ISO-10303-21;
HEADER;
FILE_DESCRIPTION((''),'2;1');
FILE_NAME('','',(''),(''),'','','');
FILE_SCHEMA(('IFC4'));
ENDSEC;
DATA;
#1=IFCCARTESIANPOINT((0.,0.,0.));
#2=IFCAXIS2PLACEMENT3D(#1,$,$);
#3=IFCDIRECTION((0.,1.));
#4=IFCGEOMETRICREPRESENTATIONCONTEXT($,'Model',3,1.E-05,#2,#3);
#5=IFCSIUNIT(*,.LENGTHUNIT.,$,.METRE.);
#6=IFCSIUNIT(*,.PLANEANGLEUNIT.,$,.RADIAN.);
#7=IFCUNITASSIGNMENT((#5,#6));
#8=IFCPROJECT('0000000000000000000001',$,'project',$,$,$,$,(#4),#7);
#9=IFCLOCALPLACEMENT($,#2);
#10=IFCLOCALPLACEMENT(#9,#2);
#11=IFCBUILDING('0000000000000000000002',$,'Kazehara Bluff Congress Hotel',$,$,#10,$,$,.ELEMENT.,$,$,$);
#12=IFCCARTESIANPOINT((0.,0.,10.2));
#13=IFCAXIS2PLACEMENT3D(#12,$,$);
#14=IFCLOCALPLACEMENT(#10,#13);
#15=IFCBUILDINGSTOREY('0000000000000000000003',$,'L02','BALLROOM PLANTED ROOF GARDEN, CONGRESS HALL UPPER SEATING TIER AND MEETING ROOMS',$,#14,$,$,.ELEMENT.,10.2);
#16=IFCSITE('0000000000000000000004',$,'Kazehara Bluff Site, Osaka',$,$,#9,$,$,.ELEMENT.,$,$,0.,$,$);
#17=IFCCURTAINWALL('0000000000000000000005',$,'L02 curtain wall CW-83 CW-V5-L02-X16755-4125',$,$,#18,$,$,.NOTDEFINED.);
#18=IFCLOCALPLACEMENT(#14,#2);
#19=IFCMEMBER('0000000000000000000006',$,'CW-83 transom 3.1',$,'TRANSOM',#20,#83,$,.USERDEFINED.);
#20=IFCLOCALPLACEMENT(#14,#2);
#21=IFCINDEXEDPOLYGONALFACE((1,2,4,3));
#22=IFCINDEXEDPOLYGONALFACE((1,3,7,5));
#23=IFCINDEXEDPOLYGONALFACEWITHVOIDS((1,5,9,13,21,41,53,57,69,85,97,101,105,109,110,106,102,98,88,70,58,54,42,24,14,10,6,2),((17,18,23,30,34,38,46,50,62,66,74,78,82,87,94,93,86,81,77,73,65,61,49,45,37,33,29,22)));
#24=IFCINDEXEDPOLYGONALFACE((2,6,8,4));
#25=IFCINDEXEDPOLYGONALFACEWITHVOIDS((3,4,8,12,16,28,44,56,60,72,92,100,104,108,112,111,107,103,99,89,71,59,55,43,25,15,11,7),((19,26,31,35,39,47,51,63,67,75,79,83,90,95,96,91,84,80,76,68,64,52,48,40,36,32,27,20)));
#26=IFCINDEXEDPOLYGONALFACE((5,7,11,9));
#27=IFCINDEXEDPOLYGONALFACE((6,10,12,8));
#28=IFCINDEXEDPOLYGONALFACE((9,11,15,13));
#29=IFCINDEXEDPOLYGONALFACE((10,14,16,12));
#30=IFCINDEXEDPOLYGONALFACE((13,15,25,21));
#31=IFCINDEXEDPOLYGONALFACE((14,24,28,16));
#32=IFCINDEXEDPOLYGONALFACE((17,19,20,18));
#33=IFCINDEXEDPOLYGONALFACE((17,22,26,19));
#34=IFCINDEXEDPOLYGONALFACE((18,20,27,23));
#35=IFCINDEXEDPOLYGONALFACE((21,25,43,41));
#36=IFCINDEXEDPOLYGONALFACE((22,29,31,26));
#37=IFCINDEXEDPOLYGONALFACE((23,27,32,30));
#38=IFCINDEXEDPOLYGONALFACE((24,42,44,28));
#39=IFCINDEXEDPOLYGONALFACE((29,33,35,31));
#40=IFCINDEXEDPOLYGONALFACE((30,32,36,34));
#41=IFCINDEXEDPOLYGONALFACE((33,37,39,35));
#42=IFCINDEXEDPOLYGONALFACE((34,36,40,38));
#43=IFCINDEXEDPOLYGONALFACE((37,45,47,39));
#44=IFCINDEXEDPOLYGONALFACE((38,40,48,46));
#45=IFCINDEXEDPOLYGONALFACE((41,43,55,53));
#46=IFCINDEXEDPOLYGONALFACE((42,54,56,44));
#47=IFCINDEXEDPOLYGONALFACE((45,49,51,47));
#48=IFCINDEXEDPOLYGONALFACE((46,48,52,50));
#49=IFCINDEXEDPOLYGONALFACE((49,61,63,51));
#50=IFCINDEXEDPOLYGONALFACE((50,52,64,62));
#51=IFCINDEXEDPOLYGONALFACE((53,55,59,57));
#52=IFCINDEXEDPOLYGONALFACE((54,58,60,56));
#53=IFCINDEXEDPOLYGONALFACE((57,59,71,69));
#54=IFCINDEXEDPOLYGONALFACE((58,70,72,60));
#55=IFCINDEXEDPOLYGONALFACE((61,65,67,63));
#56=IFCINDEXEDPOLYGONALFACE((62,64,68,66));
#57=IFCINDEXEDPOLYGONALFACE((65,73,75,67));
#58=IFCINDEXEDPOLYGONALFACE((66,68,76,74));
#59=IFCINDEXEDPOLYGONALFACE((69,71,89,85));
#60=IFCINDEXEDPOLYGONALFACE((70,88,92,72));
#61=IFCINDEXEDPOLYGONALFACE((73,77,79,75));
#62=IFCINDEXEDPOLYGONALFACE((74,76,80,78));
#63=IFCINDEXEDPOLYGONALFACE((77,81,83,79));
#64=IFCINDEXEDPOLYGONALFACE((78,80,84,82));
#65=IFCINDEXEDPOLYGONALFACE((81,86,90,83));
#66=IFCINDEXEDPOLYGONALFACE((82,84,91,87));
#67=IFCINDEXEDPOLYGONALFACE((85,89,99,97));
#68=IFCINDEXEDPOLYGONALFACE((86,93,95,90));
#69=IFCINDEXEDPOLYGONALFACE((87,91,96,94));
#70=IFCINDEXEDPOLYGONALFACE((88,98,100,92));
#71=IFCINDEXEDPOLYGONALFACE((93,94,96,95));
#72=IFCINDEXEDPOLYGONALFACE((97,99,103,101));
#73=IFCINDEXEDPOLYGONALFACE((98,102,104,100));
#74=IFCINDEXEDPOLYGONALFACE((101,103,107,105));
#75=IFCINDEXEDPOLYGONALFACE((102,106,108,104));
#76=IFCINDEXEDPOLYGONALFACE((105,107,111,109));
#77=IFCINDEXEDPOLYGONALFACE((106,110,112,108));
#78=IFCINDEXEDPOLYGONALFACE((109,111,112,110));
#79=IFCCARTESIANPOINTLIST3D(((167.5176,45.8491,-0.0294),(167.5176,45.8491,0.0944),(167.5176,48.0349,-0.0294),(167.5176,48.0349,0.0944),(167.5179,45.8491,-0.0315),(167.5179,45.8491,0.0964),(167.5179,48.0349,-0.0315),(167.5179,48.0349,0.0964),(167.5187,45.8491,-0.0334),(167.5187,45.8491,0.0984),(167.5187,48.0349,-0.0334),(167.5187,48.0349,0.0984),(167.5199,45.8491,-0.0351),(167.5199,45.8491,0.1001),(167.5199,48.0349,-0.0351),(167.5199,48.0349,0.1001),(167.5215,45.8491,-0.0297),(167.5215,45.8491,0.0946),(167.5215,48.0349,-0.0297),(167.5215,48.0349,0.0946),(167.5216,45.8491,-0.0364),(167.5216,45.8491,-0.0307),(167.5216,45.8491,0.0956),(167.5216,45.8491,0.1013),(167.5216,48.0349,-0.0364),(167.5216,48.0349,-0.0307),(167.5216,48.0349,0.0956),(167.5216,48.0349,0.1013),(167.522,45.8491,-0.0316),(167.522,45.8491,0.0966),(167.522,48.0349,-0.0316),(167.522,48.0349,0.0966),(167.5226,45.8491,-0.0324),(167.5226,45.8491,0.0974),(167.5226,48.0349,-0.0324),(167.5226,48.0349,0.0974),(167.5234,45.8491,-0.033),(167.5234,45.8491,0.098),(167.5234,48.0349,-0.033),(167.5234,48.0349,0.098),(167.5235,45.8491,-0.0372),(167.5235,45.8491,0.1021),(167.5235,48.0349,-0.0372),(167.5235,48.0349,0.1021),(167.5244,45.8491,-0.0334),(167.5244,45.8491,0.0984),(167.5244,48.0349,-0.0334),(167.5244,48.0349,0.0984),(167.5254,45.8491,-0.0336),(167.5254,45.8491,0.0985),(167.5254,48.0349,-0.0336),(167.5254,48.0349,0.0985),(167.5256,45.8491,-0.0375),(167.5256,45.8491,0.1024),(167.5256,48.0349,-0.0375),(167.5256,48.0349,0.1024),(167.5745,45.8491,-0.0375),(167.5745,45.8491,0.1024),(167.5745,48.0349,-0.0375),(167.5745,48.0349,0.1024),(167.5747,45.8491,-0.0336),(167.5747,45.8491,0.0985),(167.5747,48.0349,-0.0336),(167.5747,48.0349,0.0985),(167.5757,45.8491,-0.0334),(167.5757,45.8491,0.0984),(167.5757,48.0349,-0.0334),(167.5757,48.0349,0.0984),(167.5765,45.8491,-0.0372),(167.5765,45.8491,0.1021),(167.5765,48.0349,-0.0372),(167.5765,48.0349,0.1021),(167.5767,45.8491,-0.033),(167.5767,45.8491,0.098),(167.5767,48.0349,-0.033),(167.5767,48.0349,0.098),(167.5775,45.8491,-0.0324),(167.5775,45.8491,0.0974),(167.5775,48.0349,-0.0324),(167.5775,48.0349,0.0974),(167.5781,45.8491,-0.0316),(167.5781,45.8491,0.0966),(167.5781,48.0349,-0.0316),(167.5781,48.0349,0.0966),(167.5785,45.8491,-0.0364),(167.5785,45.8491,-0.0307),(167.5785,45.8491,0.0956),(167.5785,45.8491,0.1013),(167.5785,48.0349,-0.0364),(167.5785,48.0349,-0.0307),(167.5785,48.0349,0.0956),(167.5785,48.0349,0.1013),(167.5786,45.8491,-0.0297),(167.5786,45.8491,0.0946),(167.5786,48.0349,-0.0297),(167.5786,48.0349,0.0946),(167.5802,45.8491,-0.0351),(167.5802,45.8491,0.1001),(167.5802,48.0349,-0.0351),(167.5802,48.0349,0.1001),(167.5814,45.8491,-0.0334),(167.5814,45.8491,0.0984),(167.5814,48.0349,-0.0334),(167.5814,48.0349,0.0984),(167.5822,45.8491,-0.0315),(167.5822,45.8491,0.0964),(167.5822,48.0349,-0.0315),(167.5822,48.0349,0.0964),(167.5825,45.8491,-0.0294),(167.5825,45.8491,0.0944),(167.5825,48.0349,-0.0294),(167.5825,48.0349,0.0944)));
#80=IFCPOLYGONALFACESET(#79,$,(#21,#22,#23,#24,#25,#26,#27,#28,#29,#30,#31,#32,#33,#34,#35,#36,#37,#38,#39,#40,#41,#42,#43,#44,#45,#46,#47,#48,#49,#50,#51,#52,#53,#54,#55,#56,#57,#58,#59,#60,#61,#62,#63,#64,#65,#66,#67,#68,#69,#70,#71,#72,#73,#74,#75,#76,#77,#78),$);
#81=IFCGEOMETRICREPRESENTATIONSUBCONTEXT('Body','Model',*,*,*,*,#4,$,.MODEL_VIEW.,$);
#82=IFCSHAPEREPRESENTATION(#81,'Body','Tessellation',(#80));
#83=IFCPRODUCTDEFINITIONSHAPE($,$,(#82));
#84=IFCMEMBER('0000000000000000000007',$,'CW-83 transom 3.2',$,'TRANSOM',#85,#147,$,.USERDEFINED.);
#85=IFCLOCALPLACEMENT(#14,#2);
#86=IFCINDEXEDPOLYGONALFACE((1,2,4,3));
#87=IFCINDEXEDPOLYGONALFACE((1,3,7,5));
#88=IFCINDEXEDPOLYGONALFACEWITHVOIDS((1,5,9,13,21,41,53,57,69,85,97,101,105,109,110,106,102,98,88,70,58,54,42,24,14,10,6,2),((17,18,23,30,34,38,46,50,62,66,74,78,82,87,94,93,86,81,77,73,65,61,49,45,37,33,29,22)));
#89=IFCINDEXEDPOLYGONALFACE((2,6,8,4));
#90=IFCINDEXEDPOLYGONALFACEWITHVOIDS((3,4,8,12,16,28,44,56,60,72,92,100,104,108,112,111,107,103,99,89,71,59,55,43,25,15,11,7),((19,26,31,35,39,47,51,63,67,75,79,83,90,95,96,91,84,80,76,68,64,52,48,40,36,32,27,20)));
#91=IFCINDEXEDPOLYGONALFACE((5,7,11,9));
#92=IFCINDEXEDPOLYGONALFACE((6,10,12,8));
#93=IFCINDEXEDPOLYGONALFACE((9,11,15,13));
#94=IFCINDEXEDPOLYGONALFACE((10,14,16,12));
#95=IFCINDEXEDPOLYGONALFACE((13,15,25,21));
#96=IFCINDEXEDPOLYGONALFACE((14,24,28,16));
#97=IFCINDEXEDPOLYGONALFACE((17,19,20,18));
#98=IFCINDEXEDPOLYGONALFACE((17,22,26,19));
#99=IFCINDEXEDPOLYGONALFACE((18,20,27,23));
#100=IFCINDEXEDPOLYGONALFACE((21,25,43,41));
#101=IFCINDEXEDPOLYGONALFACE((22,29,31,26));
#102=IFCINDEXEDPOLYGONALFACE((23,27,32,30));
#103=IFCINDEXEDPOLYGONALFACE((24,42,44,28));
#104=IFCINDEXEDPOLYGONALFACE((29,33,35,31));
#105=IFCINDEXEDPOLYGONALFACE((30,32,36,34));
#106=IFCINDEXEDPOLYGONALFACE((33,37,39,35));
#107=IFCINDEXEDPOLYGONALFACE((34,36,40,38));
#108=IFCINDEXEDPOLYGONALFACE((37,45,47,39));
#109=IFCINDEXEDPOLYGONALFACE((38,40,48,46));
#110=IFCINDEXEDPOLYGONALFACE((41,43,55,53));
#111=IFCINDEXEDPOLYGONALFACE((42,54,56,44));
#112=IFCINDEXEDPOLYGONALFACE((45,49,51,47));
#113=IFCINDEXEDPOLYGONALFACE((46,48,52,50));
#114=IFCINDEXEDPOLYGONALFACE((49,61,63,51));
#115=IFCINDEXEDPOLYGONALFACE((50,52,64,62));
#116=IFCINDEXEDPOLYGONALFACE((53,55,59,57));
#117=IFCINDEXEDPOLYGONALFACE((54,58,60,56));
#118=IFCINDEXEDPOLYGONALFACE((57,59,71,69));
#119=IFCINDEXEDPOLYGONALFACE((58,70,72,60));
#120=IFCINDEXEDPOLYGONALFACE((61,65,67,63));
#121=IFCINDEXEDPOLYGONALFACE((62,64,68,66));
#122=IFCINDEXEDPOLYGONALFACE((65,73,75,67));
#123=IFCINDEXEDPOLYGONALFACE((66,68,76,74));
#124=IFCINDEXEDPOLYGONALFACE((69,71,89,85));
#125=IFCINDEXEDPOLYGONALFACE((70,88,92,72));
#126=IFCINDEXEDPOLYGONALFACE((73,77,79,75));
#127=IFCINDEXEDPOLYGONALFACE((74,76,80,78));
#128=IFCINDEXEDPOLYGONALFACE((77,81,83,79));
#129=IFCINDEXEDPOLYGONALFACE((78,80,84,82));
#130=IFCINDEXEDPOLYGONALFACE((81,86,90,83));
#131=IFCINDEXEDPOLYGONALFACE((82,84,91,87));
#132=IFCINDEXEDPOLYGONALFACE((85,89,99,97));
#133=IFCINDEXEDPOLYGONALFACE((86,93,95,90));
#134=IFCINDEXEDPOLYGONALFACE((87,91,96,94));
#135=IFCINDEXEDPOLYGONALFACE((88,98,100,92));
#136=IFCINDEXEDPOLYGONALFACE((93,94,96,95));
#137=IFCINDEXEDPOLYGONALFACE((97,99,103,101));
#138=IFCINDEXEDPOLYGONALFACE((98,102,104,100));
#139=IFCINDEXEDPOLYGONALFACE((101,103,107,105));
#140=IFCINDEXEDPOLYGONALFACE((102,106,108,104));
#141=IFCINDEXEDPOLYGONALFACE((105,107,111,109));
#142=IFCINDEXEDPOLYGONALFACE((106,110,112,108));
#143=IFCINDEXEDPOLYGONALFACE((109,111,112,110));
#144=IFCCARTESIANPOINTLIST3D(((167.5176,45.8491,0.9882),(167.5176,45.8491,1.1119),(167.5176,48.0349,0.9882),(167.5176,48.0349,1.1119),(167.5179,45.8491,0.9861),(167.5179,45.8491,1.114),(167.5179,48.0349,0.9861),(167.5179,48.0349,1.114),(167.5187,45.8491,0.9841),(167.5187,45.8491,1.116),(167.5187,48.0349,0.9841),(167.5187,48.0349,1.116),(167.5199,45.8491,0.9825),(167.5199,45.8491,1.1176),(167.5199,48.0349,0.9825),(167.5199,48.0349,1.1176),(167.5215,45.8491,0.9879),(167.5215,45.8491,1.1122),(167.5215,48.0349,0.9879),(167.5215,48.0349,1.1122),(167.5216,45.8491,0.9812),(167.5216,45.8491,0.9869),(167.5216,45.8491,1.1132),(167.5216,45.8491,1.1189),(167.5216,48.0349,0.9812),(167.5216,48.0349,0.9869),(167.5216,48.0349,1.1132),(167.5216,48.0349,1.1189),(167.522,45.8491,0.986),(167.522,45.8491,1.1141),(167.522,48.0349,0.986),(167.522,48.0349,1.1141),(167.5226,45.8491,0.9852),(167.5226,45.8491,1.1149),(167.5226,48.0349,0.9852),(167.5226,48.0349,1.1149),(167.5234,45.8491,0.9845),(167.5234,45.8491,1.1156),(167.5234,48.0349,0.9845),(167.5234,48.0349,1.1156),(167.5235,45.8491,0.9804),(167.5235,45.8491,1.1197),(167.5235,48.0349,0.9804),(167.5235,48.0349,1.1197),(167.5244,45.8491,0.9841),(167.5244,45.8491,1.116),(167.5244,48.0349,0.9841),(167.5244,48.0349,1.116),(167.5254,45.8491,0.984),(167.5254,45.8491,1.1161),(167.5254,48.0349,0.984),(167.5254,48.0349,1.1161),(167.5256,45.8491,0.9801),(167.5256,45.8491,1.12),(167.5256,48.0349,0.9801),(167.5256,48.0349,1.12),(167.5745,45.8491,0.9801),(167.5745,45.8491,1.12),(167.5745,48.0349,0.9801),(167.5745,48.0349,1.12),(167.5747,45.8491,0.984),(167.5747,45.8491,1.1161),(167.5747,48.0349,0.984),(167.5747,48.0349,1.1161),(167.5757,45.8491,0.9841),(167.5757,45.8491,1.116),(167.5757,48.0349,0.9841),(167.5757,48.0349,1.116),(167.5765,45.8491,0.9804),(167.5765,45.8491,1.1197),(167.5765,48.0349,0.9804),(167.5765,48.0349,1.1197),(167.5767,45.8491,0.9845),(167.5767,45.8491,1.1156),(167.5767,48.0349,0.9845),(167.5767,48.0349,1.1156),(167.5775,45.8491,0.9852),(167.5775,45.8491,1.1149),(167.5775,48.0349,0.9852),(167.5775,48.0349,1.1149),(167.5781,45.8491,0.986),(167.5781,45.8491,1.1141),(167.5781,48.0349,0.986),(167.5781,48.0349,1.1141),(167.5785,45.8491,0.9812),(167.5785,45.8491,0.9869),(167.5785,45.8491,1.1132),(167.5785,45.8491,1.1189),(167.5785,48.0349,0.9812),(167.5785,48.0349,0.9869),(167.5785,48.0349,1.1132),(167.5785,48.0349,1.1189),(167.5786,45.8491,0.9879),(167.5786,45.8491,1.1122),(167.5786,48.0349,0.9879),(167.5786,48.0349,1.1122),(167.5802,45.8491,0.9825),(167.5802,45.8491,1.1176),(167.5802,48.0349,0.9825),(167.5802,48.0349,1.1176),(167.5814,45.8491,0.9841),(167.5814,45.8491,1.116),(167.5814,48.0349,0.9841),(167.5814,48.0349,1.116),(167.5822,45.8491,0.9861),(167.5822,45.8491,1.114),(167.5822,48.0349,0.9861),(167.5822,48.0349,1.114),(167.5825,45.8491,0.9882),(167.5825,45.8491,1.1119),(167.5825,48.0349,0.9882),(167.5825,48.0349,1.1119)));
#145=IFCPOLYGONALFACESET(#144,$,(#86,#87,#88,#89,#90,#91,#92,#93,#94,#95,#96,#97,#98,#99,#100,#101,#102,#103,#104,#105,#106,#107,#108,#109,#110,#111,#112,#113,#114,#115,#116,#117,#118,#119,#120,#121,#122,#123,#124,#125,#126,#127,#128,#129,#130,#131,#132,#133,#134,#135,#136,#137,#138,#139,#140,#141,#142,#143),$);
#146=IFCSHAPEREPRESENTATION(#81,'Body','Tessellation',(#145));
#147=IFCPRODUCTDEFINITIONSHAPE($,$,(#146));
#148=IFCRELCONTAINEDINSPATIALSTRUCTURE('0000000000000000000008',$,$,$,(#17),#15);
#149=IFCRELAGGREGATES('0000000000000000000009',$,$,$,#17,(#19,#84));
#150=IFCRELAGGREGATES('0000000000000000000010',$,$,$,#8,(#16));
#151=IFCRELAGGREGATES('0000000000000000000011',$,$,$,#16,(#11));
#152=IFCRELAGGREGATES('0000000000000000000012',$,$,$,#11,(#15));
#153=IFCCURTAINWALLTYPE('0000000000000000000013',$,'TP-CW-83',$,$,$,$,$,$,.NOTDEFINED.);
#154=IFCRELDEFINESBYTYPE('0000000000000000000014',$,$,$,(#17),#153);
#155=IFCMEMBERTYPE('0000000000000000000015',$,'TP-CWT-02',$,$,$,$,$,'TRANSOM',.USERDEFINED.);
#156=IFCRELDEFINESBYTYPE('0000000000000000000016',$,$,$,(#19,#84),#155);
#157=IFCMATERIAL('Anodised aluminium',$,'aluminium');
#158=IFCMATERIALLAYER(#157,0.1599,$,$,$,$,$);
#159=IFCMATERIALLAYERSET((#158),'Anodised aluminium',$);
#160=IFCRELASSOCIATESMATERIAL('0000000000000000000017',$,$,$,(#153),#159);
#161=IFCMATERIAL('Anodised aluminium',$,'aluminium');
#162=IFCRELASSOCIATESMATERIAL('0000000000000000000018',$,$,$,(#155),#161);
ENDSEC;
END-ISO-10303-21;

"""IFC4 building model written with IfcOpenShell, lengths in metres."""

from ifc_helpers import new_model, si_unit, direction, frame, origin, origin_2d, place, context, subcontext, project, spatial, hollow_rectangle, extrude, material, layer, layer_set, material_profile, profile_set, type_object, element, aggregate, save


model = new_model("IFC4")

# Units and contexts
model_context = context("Model", 3, precision=1e-05, world=origin(), true_north=direction((0.0, 1.0)))
body_context = subcontext(model_context, "Body", "Model", "MODEL_VIEW")
ifc_project = project(units=[si_unit("LENGTHUNIT", "METRE"), si_unit("PLANEANGLEUNIT", "RADIAN")], contexts=[model_context])

# Site, building, storey
site_placement = place(None, origin())
site = spatial("IfcSite", under=ifc_project, at=site_placement, Name="Kazehara Bluff Site, Osaka", CompositionType="ELEMENT", RefElevation=0.0)
building_placement = place(site_placement, origin())
building = spatial("IfcBuilding", under=site, at=building_placement, Name="Kazehara Bluff Congress Hotel", CompositionType="ELEMENT")
storey_placement = place(building_placement, frame((0.0, 0.0, 10.2)))
storey = spatial("IfcBuildingStorey", under=building, at=storey_placement, Name="L02", Description="BALLROOM PLANTED ROOF GARDEN, CONGRESS HALL UPPER SEATING TIER AND MEETING ROOMS", CompositionType="ELEMENT", Elevation=10.2)

# Curtain wall, members
ifc_material_1 = material(Name="Anodised aluminium", Category="aluminium")
ifc_layer_1 = layer(ifc_material_1, 0.1599)
ifc_layer_set_1 = layer_set([ifc_layer_1], Name="Anodised aluminium")
curtain_wall_type = type_object("IfcCurtainWallType", Name="TP-CW-83", PredefinedType="NOTDEFINED", material=ifc_layer_set_1)
curtain_wall_placement = place(storey_placement, origin())
curtain_wall = element("IfcCurtainWall", 1, at=curtain_wall_placement, inside=storey, type_object=curtain_wall_type, Name="L02 curtain wall CW-83 CW-V5-L02-X16755-4125", PredefinedType="NOTDEFINED")
ifc_material_2 = material(Name="Anodised aluminium", Category="aluminium")
ifc_material_profile_1 = material_profile(ifc_material_2, hollow_rectangle(XDim=0.0649, YDim=0.1399, WallThickness=0.0039, InnerFilletRadius=0.0039, OuterFilletRadius=0.0081, at=origin_2d()))
ifc_profile_set_1 = profile_set([ifc_material_profile_1], Name="Anodised aluminium")
member_type_1 = type_object("IfcMemberType", Name="TP-CWT-02", ElementType="TRANSOM", PredefinedType="USERDEFINED", material=ifc_profile_set_1)
member_1_placement = place(storey_placement, frame((167.55, 45.8491, 0.0325), z_axis=(0.0, 1.0, 0.0), x_axis=(-1.0, 0.0, 0.0)))
member_1 = element("IfcMember", 2, at=member_1_placement, type_object=member_type_1, Name="CW-83 transom 3.1", ObjectType="TRANSOM", PredefinedType="USERDEFINED", context=body_context, shape_type="SweptSolid", body=[
    extrude(hollow_rectangle(XDim=0.0649, YDim=0.1399, WallThickness=0.0039, InnerFilletRadius=0.0039, OuterFilletRadius=0.0081, at=origin_2d()), origin(), (0.0, 0.0, 1.0), 2.1858),
])
member_2_placement = place(storey_placement, frame((167.55, 45.8491, 1.05), z_axis=(0.0, 1.0, 0.0), x_axis=(-1.0, 0.0, 0.0)))
member_2 = element("IfcMember", 3, at=member_2_placement, type_object=member_type_1, Name="CW-83 transom 3.2", ObjectType="TRANSOM", PredefinedType="USERDEFINED", context=body_context, shape_type="SweptSolid", body=[
    extrude(hollow_rectangle(XDim=0.0649, YDim=0.1399, WallThickness=0.0039, InnerFilletRadius=0.0039, OuterFilletRadius=0.0081, at=origin_2d()), origin(), (0.0, 0.0, 1.0), 2.1858),
])

aggregate(curtain_wall, [member_1, member_2])

save(model, "model.ifc")
